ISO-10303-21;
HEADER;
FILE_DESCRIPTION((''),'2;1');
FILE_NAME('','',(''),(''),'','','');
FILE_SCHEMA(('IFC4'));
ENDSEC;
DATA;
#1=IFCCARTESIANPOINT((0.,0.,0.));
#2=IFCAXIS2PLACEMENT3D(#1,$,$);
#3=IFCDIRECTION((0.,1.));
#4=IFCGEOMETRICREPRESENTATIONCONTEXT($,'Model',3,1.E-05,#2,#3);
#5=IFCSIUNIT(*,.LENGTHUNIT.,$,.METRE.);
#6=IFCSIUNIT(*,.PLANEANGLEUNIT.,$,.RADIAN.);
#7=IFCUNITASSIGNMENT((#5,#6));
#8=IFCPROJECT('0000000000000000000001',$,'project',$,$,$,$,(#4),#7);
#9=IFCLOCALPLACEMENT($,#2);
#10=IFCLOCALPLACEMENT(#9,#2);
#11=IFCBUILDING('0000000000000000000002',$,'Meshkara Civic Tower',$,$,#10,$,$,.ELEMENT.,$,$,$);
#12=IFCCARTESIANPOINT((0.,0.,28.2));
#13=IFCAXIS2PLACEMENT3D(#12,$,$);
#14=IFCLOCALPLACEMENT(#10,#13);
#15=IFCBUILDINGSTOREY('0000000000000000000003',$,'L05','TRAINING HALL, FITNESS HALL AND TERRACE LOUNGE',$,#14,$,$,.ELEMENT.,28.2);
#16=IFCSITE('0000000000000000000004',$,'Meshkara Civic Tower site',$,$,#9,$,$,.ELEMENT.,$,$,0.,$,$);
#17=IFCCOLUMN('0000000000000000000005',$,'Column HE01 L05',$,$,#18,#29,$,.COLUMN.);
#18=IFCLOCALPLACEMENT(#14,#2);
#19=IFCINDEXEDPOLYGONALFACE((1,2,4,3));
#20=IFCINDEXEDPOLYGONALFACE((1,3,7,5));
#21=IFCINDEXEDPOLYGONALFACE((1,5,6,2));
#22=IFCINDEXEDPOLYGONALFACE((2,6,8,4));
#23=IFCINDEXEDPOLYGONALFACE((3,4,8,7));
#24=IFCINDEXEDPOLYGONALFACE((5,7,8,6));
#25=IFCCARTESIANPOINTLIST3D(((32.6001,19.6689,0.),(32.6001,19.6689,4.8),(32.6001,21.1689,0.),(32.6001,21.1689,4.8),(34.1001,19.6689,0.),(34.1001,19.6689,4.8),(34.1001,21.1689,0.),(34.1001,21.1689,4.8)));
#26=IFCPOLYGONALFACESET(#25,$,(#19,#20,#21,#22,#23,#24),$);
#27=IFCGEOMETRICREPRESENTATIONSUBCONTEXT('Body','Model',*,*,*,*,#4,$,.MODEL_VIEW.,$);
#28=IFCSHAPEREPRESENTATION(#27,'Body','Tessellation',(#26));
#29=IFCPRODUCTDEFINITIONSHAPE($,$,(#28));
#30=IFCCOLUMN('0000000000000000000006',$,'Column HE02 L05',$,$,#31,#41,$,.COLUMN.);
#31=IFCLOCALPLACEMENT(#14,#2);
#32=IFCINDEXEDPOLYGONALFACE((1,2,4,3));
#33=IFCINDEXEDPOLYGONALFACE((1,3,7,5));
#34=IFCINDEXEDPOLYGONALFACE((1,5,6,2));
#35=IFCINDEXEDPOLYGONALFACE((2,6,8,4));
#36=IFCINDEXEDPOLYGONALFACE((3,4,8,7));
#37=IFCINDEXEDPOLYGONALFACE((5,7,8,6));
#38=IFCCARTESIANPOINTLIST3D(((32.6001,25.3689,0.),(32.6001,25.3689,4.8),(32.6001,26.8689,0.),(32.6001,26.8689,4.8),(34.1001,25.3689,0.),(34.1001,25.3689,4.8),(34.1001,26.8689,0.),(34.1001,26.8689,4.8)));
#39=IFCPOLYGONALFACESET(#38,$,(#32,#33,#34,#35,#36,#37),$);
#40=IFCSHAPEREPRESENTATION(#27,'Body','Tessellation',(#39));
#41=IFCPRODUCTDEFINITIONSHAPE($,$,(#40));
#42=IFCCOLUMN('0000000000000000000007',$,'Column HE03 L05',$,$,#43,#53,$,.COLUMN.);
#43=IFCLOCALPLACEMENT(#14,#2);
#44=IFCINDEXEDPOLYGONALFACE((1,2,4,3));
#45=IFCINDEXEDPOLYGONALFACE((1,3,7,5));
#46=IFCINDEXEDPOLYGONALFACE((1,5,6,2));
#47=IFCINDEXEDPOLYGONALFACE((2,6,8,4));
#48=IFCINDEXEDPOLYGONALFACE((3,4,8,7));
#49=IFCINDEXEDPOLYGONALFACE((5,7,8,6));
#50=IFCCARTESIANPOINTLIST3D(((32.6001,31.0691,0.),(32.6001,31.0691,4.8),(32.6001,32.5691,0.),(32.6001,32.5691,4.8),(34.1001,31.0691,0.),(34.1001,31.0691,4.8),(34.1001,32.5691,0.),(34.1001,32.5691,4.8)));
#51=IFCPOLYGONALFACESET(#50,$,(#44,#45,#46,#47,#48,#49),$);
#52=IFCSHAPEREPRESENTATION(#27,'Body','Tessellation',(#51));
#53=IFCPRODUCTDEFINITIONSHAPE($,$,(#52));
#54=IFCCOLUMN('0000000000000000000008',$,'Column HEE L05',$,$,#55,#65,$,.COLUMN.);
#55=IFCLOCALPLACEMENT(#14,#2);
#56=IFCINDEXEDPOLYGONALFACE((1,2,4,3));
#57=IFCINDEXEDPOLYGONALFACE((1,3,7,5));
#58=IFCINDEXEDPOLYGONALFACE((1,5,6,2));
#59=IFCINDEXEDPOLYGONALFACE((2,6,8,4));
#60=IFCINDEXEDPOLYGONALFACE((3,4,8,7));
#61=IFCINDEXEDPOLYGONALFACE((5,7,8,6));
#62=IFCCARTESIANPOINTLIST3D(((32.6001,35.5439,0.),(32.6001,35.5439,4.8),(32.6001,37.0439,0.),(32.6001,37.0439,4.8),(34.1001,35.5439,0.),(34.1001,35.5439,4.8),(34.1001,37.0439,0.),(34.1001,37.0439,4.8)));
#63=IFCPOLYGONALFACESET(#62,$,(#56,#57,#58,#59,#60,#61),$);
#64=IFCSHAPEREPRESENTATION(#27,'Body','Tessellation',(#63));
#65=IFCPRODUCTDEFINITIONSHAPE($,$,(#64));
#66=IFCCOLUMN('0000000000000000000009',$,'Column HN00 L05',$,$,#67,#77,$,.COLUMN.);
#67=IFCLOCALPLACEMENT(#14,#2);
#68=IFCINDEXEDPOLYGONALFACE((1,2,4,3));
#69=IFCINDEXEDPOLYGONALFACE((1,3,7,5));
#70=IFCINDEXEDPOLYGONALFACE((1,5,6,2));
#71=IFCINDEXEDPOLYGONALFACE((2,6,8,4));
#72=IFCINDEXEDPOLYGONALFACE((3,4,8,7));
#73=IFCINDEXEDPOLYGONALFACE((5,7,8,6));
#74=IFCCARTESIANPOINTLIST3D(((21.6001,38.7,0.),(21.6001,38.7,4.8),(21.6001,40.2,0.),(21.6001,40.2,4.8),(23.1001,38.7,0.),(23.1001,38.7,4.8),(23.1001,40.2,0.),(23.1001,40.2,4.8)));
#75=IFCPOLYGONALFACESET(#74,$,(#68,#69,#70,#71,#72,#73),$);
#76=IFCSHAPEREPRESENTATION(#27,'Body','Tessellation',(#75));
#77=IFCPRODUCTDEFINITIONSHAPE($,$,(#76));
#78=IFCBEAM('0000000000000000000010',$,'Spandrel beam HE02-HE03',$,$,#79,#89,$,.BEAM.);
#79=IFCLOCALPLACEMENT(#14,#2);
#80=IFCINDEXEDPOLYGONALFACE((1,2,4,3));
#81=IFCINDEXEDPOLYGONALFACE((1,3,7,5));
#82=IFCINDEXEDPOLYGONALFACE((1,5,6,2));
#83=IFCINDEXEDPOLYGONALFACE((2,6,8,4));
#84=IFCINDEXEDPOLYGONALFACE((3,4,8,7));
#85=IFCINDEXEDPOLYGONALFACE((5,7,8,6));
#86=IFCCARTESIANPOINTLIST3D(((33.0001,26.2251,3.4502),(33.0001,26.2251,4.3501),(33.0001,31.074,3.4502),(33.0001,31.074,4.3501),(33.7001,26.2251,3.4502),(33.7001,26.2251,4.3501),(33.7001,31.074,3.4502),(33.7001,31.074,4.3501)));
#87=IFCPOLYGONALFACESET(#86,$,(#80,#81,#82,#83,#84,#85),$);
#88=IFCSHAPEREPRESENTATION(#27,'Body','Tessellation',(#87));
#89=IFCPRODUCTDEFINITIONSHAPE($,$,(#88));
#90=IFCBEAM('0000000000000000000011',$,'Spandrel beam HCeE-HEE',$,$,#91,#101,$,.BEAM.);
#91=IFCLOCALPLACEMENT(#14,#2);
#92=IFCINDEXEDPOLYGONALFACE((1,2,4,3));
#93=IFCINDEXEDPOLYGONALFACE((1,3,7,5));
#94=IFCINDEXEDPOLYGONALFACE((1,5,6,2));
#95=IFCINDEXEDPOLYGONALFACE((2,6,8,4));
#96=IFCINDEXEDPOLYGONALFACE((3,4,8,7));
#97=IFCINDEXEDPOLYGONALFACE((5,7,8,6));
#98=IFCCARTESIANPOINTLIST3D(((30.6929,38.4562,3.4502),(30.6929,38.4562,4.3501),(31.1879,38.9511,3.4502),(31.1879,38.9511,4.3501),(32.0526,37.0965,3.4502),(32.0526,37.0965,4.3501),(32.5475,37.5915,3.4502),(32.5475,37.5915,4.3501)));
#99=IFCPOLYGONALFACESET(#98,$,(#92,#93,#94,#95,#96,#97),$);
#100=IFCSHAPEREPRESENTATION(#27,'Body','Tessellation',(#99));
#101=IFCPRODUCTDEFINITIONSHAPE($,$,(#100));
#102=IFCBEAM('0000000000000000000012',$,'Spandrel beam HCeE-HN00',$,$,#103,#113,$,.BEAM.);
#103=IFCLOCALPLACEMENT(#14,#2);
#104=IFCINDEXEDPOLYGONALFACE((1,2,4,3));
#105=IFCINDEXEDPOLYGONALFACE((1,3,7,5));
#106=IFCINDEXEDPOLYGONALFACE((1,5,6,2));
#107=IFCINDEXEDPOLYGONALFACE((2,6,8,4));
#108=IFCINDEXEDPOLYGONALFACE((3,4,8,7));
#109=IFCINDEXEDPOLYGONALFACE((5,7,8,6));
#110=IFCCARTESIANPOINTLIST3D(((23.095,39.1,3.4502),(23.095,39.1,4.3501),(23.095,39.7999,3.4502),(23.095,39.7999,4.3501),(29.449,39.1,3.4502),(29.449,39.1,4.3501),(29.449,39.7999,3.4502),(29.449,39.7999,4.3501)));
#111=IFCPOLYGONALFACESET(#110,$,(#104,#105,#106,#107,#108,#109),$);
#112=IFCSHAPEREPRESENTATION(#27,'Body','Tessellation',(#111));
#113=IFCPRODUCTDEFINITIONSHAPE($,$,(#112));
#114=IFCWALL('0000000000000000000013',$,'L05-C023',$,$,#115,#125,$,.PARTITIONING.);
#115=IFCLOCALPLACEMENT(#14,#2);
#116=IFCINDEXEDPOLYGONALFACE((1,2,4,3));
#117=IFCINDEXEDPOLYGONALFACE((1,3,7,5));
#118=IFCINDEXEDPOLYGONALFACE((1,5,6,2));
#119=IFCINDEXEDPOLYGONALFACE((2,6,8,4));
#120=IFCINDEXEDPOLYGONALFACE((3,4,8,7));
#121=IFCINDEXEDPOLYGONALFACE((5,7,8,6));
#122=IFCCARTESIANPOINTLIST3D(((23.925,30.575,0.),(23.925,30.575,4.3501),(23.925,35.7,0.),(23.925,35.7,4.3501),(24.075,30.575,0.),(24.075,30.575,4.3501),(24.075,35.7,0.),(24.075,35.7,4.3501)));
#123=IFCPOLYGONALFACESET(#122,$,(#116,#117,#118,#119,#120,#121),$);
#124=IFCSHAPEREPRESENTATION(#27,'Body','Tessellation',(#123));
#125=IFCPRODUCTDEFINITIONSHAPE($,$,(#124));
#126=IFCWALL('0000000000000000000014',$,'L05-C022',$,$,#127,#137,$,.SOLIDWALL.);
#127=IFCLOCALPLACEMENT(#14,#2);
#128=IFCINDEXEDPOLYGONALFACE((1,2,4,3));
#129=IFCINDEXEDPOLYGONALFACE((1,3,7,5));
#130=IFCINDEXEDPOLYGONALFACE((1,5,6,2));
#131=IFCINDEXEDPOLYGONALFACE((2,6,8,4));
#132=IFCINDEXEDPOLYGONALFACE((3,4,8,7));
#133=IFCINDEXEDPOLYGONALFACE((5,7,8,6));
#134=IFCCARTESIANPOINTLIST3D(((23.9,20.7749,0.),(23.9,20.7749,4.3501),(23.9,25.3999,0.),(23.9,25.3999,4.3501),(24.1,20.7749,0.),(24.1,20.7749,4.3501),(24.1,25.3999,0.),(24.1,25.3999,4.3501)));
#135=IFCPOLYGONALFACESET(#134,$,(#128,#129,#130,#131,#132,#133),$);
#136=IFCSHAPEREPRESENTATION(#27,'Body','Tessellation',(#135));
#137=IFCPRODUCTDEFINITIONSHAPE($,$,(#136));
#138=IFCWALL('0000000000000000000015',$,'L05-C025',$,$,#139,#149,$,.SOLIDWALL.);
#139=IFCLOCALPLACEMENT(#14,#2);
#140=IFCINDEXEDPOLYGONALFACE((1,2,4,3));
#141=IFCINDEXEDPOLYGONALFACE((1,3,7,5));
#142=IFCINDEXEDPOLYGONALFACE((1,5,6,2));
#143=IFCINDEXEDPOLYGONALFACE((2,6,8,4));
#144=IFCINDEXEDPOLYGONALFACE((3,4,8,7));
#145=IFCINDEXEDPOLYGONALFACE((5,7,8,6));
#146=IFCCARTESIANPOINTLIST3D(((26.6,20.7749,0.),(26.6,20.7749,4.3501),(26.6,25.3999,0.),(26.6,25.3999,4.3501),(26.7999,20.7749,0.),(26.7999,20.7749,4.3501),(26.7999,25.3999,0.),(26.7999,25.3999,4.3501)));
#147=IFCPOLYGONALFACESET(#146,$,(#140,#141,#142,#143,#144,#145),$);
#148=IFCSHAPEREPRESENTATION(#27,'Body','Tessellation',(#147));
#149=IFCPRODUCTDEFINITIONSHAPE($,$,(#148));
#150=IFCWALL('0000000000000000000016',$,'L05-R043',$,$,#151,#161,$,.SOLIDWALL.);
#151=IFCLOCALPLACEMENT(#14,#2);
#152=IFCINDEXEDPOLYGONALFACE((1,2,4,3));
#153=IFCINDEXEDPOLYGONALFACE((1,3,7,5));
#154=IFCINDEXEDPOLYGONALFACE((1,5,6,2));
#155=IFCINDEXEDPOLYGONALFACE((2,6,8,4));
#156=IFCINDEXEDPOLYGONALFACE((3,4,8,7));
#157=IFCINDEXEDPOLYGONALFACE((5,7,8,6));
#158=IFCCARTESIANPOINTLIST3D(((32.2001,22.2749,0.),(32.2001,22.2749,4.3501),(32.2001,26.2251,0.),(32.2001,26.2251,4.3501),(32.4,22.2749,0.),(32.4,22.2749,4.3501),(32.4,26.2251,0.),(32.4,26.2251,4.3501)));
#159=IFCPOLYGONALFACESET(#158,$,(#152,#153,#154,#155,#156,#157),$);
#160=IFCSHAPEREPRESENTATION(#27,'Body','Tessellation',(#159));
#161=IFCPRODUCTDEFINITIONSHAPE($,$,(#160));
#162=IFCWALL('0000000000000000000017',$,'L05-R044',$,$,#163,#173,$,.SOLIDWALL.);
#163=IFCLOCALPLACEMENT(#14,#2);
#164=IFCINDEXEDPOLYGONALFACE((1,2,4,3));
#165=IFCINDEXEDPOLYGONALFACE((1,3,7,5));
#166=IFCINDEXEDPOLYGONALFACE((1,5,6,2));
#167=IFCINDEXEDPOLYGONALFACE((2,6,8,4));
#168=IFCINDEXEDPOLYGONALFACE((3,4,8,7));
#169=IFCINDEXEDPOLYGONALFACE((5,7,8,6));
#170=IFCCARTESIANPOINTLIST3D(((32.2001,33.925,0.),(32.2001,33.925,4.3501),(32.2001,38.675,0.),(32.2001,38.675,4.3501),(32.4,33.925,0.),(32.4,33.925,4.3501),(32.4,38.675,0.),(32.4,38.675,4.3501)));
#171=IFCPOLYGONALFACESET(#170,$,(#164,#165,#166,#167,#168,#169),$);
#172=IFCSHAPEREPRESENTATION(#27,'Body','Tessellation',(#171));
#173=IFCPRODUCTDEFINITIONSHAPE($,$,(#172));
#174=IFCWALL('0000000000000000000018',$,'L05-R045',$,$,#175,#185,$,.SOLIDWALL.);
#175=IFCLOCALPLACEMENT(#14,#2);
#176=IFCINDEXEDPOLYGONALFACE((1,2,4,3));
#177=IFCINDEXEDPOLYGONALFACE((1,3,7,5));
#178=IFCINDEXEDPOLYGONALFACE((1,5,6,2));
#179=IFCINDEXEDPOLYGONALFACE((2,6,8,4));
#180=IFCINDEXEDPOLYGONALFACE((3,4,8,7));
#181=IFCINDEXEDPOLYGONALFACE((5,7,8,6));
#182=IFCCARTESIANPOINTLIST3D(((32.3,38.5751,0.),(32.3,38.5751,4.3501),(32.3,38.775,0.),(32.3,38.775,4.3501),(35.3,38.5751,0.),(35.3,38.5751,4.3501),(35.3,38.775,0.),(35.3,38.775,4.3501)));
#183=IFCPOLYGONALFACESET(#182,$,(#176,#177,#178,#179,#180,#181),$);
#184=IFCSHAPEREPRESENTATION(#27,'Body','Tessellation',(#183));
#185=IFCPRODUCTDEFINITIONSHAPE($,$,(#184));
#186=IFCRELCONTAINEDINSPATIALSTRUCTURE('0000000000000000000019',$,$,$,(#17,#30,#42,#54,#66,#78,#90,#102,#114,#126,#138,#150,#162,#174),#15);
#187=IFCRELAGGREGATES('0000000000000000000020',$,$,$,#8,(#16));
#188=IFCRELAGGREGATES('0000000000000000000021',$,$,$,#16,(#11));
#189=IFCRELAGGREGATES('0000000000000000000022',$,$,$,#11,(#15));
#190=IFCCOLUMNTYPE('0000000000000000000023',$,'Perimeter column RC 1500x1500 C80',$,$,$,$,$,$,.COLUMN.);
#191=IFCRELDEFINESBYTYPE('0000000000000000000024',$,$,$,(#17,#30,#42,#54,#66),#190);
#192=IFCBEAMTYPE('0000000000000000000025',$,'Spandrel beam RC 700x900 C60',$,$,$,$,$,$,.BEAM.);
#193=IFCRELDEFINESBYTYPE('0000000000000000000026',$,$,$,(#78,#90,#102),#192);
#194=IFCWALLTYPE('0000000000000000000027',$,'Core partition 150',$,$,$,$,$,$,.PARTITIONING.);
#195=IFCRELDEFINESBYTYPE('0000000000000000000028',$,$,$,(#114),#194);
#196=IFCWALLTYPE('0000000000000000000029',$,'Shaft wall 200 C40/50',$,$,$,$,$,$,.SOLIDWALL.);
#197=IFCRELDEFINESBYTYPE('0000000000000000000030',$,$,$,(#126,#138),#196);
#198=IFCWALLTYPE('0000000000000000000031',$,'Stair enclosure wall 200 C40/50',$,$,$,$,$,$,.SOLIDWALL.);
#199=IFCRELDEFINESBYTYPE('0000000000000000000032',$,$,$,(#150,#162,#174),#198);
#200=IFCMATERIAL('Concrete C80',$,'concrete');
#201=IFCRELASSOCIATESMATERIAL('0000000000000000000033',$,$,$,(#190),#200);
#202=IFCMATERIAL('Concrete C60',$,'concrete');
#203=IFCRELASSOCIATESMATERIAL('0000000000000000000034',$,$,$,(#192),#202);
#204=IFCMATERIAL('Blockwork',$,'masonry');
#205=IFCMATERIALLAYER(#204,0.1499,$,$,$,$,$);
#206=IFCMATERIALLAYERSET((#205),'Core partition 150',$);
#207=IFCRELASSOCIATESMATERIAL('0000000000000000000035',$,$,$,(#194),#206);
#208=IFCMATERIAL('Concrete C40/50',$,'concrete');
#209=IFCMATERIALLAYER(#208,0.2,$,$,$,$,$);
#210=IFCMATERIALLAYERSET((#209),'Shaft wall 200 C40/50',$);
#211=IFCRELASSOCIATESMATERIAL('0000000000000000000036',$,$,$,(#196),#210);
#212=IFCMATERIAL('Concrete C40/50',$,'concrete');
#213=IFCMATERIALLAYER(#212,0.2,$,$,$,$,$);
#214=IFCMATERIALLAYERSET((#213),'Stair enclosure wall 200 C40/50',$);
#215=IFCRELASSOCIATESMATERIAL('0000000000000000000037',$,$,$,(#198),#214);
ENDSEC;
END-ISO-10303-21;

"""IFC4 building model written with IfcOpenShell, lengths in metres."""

from ifc_helpers import new_model, si_unit, direction, frame, frame_2d, origin, origin_2d, place, context, subcontext, project, spatial, rectangle, extrude, material, layer, layer_set, material_profile, profile_set, type_object, element, save


model = new_model("IFC4")

# Units and contexts
model_context = context("Model", 3, precision=1e-05, world=origin(), true_north=direction((0.0, 1.0)))
body_context = subcontext(model_context, "Body", "Model", "MODEL_VIEW")
ifc_project = project(units=[si_unit("LENGTHUNIT", "METRE"), si_unit("PLANEANGLEUNIT", "RADIAN")], contexts=[model_context])

# Site, building, storey
site_placement = place(None, origin())
site = spatial("IfcSite", under=ifc_project, at=site_placement, Name="Meshkara Civic Tower site", CompositionType="ELEMENT", RefElevation=0.0)
building_placement = place(site_placement, origin())
building = spatial("IfcBuilding", under=site, at=building_placement, Name="Meshkara Civic Tower", CompositionType="ELEMENT")
storey_placement = place(building_placement, frame((0.0, 0.0, 28.2)))
storey = spatial("IfcBuildingStorey", under=building, at=storey_placement, Name="L05", Description="TRAINING HALL, FITNESS HALL AND TERRACE LOUNGE", CompositionType="ELEMENT", Elevation=28.2)

# Columns
ifc_material_1 = material(Name="Concrete C80", Category="concrete")
ifc_material_profile_1 = material_profile(ifc_material_1, rectangle(XDim=1.5, YDim=1.5, at=origin_2d()))
ifc_profile_set_1 = profile_set([ifc_material_profile_1], Name="Concrete C80")
column_type = type_object("IfcColumnType", Name="Perimeter column RC 1500x1500 C80", PredefinedType="COLUMN", material=ifc_profile_set_1)
for number, where, z_axis, x_axis, name in (
    (1, (33.3501, 20.4189, 0.0), (0.0, 0.0, 1.0), (1.0, 0.0, 0.0), "Column HE01 L05"),
    (2, (33.3501, 26.1189, 0.0), (0.0, 0.0, 1.0), (1.0, 0.0, 0.0), "Column HE02 L05"),
    (3, (33.3501, 31.8191, 0.0), (0.0, 0.0, 1.0), (1.0, 0.0, 0.0), "Column HE03 L05"),
    (4, (33.3501, 36.2939, 0.0), (0.0, 0.0, 1.0), (1.0, 0.0, 0.0), "Column HEE L05"),
    (5, (22.3501, 39.45, 0.0), (0.0, 0.0, 1.0), (1.0, 0.0, 0.0), "Column HN00 L05"),
):
    element("IfcColumn", number, at=place(storey_placement, frame(where, z_axis=z_axis, x_axis=x_axis)), inside=storey, type_object=column_type, Name=name, PredefinedType="COLUMN", context=body_context, shape_type="SweptSolid", body=[
        extrude(rectangle(XDim=1.5, YDim=1.5, at=origin_2d()), origin(), (0.0, 0.0, 1.0), 4.8),
    ])

# Beams
ifc_material_2 = material(Name="Concrete C60", Category="concrete")
ifc_material_profile_2 = material_profile(ifc_material_2, rectangle(XDim=0.7, YDim=0.8999, at=origin_2d()))
ifc_profile_set_2 = profile_set([ifc_material_profile_2], Name="Concrete C60")
beam_type = type_object("IfcBeamType", Name="Spandrel beam RC 700x900 C60", PredefinedType="BEAM", material=ifc_profile_set_2)
beam_1_placement = place(storey_placement, frame((33.3501, 26.2251, 3.9001), z_axis=(0.0, 1.0, 0.0), x_axis=(-1.0, 0.0, 0.0)))
element("IfcBeam", 6, at=beam_1_placement, inside=storey, type_object=beam_type, Name="Spandrel beam HE02-HE03", PredefinedType="BEAM", context=body_context, shape_type="SweptSolid", body=[
    extrude(rectangle(XDim=0.7, YDim=0.8999, at=origin_2d()), origin(), (0.0, 0.0, 1.0), 4.8489),
])
beam_2_placement = place(storey_placement, frame((32.3, 37.344, 3.9001), z_axis=(-0.707107, 0.707107, 0.0), x_axis=(-0.707107, -0.707107, 0.0)))
element("IfcBeam", 7, at=beam_2_placement, inside=storey, type_object=beam_type, Name="Spandrel beam HCeE-HEE", PredefinedType="BEAM", context=body_context, shape_type="SweptSolid", body=[
    extrude(rectangle(XDim=0.7, YDim=0.8999, at=origin_2d()), origin(), (0.0, 0.0, 1.0), 1.9229),
])
beam_3_placement = place(storey_placement, frame((29.449, 39.45, 3.9001), z_axis=(-1.0, 0.0, 0.0), x_axis=(0.0, -1.0, 0.0)))
element("IfcBeam", 8, at=beam_3_placement, inside=storey, type_object=beam_type, Name="Spandrel beam HCeE-HN00", PredefinedType="BEAM", context=body_context, shape_type="SweptSolid", body=[
    extrude(rectangle(XDim=0.7, YDim=0.8999, at=origin_2d()), origin(), (0.0, 0.0, 1.0), 6.354),
])

# Walls
ifc_material_3 = material(Name="Blockwork", Category="masonry")
ifc_layer_1 = layer(ifc_material_3, 0.1499)
ifc_layer_set_1 = layer_set([ifc_layer_1], Name="Core partition 150")
wall_type_1 = type_object("IfcWallType", Name="Core partition 150", PredefinedType="PARTITIONING", material=ifc_layer_set_1)
wall_1_placement = place(storey_placement, frame((24.0, 30.575, 0.0), z_axis=(0.0, 0.0, 1.0), x_axis=(0.0, 1.0, 0.0)))
element("IfcWall", 9, at=wall_1_placement, inside=storey, type_object=wall_type_1, Name="L05-C023", PredefinedType="PARTITIONING", context=body_context, shape_type="SweptSolid", body=[
    extrude(rectangle(XDim=5.125, YDim=0.1499, at=frame_2d((2.5625, 0.0))), origin(), (0.0, 0.0, 1.0), 4.3501),
])
ifc_material_4 = material(Name="Concrete C40/50", Category="concrete")
ifc_layer_2 = layer(ifc_material_4, 0.2)
ifc_layer_set_2 = layer_set([ifc_layer_2], Name="Shaft wall 200 C40/50")
wall_type_2 = type_object("IfcWallType", Name="Shaft wall 200 C40/50", PredefinedType="SOLIDWALL", material=ifc_layer_set_2)
for number, where, z_axis, x_axis, name in (
    (10, (24.0, 20.7749, 0.0), (0.0, 0.0, 1.0), (0.0, 1.0, 0.0), "L05-C022"),
    (11, (26.7, 20.7749, 0.0), (0.0, 0.0, 1.0), (0.0, 1.0, 0.0), "L05-C025"),
):
    element("IfcWall", number, at=place(storey_placement, frame(where, z_axis=z_axis, x_axis=x_axis)), inside=storey, type_object=wall_type_2, Name=name, PredefinedType="SOLIDWALL", context=body_context, shape_type="SweptSolid", body=[
        extrude(rectangle(XDim=4.625, YDim=0.2, at=frame_2d((2.3125, 0.0))), origin(), (0.0, 0.0, 1.0), 4.3501),
    ])
ifc_material_5 = material(Name="Concrete C40/50", Category="concrete")
ifc_layer_3 = layer(ifc_material_5, 0.2)
ifc_layer_set_3 = layer_set([ifc_layer_3], Name="Stair enclosure wall 200 C40/50")
wall_type_3 = type_object("IfcWallType", Name="Stair enclosure wall 200 C40/50", PredefinedType="SOLIDWALL", material=ifc_layer_set_3)
wall_2_placement = place(storey_placement, frame((32.3, 22.2749, 0.0), z_axis=(0.0, 0.0, 1.0), x_axis=(0.0, 1.0, 0.0)))
element("IfcWall", 12, at=wall_2_placement, inside=storey, type_object=wall_type_3, Name="L05-R043", PredefinedType="SOLIDWALL", context=body_context, shape_type="SweptSolid", body=[
    extrude(rectangle(XDim=3.9502, YDim=0.2, at=frame_2d((1.9751, 0.0))), origin(), (0.0, 0.0, 1.0), 4.3501),
])
wall_3_placement = place(storey_placement, frame((32.3, 33.925, 0.0), z_axis=(0.0, 0.0, 1.0), x_axis=(0.0, 1.0, 0.0)))
element("IfcWall", 13, at=wall_3_placement, inside=storey, type_object=wall_type_3, Name="L05-R044", PredefinedType="SOLIDWALL", context=body_context, shape_type="SweptSolid", body=[
    extrude(rectangle(XDim=4.75, YDim=0.2, at=frame_2d((2.375, 0.0))), origin(), (0.0, 0.0, 1.0), 4.3501),
])
wall_4_placement = place(storey_placement, frame((32.3, 38.675, 0.0), z_axis=(0.0, 0.0, 1.0), x_axis=(1.0, 0.0, 0.0)))
element("IfcWall", 14, at=wall_4_placement, inside=storey, type_object=wall_type_3, Name="L05-R045", PredefinedType="SOLIDWALL", context=body_context, shape_type="SweptSolid", body=[
    extrude(rectangle(XDim=3.0, YDim=0.2, at=frame_2d((1.5, 0.0))), origin(), (0.0, 0.0, 1.0), 4.3501),
])

save(model, "model.ifc")
